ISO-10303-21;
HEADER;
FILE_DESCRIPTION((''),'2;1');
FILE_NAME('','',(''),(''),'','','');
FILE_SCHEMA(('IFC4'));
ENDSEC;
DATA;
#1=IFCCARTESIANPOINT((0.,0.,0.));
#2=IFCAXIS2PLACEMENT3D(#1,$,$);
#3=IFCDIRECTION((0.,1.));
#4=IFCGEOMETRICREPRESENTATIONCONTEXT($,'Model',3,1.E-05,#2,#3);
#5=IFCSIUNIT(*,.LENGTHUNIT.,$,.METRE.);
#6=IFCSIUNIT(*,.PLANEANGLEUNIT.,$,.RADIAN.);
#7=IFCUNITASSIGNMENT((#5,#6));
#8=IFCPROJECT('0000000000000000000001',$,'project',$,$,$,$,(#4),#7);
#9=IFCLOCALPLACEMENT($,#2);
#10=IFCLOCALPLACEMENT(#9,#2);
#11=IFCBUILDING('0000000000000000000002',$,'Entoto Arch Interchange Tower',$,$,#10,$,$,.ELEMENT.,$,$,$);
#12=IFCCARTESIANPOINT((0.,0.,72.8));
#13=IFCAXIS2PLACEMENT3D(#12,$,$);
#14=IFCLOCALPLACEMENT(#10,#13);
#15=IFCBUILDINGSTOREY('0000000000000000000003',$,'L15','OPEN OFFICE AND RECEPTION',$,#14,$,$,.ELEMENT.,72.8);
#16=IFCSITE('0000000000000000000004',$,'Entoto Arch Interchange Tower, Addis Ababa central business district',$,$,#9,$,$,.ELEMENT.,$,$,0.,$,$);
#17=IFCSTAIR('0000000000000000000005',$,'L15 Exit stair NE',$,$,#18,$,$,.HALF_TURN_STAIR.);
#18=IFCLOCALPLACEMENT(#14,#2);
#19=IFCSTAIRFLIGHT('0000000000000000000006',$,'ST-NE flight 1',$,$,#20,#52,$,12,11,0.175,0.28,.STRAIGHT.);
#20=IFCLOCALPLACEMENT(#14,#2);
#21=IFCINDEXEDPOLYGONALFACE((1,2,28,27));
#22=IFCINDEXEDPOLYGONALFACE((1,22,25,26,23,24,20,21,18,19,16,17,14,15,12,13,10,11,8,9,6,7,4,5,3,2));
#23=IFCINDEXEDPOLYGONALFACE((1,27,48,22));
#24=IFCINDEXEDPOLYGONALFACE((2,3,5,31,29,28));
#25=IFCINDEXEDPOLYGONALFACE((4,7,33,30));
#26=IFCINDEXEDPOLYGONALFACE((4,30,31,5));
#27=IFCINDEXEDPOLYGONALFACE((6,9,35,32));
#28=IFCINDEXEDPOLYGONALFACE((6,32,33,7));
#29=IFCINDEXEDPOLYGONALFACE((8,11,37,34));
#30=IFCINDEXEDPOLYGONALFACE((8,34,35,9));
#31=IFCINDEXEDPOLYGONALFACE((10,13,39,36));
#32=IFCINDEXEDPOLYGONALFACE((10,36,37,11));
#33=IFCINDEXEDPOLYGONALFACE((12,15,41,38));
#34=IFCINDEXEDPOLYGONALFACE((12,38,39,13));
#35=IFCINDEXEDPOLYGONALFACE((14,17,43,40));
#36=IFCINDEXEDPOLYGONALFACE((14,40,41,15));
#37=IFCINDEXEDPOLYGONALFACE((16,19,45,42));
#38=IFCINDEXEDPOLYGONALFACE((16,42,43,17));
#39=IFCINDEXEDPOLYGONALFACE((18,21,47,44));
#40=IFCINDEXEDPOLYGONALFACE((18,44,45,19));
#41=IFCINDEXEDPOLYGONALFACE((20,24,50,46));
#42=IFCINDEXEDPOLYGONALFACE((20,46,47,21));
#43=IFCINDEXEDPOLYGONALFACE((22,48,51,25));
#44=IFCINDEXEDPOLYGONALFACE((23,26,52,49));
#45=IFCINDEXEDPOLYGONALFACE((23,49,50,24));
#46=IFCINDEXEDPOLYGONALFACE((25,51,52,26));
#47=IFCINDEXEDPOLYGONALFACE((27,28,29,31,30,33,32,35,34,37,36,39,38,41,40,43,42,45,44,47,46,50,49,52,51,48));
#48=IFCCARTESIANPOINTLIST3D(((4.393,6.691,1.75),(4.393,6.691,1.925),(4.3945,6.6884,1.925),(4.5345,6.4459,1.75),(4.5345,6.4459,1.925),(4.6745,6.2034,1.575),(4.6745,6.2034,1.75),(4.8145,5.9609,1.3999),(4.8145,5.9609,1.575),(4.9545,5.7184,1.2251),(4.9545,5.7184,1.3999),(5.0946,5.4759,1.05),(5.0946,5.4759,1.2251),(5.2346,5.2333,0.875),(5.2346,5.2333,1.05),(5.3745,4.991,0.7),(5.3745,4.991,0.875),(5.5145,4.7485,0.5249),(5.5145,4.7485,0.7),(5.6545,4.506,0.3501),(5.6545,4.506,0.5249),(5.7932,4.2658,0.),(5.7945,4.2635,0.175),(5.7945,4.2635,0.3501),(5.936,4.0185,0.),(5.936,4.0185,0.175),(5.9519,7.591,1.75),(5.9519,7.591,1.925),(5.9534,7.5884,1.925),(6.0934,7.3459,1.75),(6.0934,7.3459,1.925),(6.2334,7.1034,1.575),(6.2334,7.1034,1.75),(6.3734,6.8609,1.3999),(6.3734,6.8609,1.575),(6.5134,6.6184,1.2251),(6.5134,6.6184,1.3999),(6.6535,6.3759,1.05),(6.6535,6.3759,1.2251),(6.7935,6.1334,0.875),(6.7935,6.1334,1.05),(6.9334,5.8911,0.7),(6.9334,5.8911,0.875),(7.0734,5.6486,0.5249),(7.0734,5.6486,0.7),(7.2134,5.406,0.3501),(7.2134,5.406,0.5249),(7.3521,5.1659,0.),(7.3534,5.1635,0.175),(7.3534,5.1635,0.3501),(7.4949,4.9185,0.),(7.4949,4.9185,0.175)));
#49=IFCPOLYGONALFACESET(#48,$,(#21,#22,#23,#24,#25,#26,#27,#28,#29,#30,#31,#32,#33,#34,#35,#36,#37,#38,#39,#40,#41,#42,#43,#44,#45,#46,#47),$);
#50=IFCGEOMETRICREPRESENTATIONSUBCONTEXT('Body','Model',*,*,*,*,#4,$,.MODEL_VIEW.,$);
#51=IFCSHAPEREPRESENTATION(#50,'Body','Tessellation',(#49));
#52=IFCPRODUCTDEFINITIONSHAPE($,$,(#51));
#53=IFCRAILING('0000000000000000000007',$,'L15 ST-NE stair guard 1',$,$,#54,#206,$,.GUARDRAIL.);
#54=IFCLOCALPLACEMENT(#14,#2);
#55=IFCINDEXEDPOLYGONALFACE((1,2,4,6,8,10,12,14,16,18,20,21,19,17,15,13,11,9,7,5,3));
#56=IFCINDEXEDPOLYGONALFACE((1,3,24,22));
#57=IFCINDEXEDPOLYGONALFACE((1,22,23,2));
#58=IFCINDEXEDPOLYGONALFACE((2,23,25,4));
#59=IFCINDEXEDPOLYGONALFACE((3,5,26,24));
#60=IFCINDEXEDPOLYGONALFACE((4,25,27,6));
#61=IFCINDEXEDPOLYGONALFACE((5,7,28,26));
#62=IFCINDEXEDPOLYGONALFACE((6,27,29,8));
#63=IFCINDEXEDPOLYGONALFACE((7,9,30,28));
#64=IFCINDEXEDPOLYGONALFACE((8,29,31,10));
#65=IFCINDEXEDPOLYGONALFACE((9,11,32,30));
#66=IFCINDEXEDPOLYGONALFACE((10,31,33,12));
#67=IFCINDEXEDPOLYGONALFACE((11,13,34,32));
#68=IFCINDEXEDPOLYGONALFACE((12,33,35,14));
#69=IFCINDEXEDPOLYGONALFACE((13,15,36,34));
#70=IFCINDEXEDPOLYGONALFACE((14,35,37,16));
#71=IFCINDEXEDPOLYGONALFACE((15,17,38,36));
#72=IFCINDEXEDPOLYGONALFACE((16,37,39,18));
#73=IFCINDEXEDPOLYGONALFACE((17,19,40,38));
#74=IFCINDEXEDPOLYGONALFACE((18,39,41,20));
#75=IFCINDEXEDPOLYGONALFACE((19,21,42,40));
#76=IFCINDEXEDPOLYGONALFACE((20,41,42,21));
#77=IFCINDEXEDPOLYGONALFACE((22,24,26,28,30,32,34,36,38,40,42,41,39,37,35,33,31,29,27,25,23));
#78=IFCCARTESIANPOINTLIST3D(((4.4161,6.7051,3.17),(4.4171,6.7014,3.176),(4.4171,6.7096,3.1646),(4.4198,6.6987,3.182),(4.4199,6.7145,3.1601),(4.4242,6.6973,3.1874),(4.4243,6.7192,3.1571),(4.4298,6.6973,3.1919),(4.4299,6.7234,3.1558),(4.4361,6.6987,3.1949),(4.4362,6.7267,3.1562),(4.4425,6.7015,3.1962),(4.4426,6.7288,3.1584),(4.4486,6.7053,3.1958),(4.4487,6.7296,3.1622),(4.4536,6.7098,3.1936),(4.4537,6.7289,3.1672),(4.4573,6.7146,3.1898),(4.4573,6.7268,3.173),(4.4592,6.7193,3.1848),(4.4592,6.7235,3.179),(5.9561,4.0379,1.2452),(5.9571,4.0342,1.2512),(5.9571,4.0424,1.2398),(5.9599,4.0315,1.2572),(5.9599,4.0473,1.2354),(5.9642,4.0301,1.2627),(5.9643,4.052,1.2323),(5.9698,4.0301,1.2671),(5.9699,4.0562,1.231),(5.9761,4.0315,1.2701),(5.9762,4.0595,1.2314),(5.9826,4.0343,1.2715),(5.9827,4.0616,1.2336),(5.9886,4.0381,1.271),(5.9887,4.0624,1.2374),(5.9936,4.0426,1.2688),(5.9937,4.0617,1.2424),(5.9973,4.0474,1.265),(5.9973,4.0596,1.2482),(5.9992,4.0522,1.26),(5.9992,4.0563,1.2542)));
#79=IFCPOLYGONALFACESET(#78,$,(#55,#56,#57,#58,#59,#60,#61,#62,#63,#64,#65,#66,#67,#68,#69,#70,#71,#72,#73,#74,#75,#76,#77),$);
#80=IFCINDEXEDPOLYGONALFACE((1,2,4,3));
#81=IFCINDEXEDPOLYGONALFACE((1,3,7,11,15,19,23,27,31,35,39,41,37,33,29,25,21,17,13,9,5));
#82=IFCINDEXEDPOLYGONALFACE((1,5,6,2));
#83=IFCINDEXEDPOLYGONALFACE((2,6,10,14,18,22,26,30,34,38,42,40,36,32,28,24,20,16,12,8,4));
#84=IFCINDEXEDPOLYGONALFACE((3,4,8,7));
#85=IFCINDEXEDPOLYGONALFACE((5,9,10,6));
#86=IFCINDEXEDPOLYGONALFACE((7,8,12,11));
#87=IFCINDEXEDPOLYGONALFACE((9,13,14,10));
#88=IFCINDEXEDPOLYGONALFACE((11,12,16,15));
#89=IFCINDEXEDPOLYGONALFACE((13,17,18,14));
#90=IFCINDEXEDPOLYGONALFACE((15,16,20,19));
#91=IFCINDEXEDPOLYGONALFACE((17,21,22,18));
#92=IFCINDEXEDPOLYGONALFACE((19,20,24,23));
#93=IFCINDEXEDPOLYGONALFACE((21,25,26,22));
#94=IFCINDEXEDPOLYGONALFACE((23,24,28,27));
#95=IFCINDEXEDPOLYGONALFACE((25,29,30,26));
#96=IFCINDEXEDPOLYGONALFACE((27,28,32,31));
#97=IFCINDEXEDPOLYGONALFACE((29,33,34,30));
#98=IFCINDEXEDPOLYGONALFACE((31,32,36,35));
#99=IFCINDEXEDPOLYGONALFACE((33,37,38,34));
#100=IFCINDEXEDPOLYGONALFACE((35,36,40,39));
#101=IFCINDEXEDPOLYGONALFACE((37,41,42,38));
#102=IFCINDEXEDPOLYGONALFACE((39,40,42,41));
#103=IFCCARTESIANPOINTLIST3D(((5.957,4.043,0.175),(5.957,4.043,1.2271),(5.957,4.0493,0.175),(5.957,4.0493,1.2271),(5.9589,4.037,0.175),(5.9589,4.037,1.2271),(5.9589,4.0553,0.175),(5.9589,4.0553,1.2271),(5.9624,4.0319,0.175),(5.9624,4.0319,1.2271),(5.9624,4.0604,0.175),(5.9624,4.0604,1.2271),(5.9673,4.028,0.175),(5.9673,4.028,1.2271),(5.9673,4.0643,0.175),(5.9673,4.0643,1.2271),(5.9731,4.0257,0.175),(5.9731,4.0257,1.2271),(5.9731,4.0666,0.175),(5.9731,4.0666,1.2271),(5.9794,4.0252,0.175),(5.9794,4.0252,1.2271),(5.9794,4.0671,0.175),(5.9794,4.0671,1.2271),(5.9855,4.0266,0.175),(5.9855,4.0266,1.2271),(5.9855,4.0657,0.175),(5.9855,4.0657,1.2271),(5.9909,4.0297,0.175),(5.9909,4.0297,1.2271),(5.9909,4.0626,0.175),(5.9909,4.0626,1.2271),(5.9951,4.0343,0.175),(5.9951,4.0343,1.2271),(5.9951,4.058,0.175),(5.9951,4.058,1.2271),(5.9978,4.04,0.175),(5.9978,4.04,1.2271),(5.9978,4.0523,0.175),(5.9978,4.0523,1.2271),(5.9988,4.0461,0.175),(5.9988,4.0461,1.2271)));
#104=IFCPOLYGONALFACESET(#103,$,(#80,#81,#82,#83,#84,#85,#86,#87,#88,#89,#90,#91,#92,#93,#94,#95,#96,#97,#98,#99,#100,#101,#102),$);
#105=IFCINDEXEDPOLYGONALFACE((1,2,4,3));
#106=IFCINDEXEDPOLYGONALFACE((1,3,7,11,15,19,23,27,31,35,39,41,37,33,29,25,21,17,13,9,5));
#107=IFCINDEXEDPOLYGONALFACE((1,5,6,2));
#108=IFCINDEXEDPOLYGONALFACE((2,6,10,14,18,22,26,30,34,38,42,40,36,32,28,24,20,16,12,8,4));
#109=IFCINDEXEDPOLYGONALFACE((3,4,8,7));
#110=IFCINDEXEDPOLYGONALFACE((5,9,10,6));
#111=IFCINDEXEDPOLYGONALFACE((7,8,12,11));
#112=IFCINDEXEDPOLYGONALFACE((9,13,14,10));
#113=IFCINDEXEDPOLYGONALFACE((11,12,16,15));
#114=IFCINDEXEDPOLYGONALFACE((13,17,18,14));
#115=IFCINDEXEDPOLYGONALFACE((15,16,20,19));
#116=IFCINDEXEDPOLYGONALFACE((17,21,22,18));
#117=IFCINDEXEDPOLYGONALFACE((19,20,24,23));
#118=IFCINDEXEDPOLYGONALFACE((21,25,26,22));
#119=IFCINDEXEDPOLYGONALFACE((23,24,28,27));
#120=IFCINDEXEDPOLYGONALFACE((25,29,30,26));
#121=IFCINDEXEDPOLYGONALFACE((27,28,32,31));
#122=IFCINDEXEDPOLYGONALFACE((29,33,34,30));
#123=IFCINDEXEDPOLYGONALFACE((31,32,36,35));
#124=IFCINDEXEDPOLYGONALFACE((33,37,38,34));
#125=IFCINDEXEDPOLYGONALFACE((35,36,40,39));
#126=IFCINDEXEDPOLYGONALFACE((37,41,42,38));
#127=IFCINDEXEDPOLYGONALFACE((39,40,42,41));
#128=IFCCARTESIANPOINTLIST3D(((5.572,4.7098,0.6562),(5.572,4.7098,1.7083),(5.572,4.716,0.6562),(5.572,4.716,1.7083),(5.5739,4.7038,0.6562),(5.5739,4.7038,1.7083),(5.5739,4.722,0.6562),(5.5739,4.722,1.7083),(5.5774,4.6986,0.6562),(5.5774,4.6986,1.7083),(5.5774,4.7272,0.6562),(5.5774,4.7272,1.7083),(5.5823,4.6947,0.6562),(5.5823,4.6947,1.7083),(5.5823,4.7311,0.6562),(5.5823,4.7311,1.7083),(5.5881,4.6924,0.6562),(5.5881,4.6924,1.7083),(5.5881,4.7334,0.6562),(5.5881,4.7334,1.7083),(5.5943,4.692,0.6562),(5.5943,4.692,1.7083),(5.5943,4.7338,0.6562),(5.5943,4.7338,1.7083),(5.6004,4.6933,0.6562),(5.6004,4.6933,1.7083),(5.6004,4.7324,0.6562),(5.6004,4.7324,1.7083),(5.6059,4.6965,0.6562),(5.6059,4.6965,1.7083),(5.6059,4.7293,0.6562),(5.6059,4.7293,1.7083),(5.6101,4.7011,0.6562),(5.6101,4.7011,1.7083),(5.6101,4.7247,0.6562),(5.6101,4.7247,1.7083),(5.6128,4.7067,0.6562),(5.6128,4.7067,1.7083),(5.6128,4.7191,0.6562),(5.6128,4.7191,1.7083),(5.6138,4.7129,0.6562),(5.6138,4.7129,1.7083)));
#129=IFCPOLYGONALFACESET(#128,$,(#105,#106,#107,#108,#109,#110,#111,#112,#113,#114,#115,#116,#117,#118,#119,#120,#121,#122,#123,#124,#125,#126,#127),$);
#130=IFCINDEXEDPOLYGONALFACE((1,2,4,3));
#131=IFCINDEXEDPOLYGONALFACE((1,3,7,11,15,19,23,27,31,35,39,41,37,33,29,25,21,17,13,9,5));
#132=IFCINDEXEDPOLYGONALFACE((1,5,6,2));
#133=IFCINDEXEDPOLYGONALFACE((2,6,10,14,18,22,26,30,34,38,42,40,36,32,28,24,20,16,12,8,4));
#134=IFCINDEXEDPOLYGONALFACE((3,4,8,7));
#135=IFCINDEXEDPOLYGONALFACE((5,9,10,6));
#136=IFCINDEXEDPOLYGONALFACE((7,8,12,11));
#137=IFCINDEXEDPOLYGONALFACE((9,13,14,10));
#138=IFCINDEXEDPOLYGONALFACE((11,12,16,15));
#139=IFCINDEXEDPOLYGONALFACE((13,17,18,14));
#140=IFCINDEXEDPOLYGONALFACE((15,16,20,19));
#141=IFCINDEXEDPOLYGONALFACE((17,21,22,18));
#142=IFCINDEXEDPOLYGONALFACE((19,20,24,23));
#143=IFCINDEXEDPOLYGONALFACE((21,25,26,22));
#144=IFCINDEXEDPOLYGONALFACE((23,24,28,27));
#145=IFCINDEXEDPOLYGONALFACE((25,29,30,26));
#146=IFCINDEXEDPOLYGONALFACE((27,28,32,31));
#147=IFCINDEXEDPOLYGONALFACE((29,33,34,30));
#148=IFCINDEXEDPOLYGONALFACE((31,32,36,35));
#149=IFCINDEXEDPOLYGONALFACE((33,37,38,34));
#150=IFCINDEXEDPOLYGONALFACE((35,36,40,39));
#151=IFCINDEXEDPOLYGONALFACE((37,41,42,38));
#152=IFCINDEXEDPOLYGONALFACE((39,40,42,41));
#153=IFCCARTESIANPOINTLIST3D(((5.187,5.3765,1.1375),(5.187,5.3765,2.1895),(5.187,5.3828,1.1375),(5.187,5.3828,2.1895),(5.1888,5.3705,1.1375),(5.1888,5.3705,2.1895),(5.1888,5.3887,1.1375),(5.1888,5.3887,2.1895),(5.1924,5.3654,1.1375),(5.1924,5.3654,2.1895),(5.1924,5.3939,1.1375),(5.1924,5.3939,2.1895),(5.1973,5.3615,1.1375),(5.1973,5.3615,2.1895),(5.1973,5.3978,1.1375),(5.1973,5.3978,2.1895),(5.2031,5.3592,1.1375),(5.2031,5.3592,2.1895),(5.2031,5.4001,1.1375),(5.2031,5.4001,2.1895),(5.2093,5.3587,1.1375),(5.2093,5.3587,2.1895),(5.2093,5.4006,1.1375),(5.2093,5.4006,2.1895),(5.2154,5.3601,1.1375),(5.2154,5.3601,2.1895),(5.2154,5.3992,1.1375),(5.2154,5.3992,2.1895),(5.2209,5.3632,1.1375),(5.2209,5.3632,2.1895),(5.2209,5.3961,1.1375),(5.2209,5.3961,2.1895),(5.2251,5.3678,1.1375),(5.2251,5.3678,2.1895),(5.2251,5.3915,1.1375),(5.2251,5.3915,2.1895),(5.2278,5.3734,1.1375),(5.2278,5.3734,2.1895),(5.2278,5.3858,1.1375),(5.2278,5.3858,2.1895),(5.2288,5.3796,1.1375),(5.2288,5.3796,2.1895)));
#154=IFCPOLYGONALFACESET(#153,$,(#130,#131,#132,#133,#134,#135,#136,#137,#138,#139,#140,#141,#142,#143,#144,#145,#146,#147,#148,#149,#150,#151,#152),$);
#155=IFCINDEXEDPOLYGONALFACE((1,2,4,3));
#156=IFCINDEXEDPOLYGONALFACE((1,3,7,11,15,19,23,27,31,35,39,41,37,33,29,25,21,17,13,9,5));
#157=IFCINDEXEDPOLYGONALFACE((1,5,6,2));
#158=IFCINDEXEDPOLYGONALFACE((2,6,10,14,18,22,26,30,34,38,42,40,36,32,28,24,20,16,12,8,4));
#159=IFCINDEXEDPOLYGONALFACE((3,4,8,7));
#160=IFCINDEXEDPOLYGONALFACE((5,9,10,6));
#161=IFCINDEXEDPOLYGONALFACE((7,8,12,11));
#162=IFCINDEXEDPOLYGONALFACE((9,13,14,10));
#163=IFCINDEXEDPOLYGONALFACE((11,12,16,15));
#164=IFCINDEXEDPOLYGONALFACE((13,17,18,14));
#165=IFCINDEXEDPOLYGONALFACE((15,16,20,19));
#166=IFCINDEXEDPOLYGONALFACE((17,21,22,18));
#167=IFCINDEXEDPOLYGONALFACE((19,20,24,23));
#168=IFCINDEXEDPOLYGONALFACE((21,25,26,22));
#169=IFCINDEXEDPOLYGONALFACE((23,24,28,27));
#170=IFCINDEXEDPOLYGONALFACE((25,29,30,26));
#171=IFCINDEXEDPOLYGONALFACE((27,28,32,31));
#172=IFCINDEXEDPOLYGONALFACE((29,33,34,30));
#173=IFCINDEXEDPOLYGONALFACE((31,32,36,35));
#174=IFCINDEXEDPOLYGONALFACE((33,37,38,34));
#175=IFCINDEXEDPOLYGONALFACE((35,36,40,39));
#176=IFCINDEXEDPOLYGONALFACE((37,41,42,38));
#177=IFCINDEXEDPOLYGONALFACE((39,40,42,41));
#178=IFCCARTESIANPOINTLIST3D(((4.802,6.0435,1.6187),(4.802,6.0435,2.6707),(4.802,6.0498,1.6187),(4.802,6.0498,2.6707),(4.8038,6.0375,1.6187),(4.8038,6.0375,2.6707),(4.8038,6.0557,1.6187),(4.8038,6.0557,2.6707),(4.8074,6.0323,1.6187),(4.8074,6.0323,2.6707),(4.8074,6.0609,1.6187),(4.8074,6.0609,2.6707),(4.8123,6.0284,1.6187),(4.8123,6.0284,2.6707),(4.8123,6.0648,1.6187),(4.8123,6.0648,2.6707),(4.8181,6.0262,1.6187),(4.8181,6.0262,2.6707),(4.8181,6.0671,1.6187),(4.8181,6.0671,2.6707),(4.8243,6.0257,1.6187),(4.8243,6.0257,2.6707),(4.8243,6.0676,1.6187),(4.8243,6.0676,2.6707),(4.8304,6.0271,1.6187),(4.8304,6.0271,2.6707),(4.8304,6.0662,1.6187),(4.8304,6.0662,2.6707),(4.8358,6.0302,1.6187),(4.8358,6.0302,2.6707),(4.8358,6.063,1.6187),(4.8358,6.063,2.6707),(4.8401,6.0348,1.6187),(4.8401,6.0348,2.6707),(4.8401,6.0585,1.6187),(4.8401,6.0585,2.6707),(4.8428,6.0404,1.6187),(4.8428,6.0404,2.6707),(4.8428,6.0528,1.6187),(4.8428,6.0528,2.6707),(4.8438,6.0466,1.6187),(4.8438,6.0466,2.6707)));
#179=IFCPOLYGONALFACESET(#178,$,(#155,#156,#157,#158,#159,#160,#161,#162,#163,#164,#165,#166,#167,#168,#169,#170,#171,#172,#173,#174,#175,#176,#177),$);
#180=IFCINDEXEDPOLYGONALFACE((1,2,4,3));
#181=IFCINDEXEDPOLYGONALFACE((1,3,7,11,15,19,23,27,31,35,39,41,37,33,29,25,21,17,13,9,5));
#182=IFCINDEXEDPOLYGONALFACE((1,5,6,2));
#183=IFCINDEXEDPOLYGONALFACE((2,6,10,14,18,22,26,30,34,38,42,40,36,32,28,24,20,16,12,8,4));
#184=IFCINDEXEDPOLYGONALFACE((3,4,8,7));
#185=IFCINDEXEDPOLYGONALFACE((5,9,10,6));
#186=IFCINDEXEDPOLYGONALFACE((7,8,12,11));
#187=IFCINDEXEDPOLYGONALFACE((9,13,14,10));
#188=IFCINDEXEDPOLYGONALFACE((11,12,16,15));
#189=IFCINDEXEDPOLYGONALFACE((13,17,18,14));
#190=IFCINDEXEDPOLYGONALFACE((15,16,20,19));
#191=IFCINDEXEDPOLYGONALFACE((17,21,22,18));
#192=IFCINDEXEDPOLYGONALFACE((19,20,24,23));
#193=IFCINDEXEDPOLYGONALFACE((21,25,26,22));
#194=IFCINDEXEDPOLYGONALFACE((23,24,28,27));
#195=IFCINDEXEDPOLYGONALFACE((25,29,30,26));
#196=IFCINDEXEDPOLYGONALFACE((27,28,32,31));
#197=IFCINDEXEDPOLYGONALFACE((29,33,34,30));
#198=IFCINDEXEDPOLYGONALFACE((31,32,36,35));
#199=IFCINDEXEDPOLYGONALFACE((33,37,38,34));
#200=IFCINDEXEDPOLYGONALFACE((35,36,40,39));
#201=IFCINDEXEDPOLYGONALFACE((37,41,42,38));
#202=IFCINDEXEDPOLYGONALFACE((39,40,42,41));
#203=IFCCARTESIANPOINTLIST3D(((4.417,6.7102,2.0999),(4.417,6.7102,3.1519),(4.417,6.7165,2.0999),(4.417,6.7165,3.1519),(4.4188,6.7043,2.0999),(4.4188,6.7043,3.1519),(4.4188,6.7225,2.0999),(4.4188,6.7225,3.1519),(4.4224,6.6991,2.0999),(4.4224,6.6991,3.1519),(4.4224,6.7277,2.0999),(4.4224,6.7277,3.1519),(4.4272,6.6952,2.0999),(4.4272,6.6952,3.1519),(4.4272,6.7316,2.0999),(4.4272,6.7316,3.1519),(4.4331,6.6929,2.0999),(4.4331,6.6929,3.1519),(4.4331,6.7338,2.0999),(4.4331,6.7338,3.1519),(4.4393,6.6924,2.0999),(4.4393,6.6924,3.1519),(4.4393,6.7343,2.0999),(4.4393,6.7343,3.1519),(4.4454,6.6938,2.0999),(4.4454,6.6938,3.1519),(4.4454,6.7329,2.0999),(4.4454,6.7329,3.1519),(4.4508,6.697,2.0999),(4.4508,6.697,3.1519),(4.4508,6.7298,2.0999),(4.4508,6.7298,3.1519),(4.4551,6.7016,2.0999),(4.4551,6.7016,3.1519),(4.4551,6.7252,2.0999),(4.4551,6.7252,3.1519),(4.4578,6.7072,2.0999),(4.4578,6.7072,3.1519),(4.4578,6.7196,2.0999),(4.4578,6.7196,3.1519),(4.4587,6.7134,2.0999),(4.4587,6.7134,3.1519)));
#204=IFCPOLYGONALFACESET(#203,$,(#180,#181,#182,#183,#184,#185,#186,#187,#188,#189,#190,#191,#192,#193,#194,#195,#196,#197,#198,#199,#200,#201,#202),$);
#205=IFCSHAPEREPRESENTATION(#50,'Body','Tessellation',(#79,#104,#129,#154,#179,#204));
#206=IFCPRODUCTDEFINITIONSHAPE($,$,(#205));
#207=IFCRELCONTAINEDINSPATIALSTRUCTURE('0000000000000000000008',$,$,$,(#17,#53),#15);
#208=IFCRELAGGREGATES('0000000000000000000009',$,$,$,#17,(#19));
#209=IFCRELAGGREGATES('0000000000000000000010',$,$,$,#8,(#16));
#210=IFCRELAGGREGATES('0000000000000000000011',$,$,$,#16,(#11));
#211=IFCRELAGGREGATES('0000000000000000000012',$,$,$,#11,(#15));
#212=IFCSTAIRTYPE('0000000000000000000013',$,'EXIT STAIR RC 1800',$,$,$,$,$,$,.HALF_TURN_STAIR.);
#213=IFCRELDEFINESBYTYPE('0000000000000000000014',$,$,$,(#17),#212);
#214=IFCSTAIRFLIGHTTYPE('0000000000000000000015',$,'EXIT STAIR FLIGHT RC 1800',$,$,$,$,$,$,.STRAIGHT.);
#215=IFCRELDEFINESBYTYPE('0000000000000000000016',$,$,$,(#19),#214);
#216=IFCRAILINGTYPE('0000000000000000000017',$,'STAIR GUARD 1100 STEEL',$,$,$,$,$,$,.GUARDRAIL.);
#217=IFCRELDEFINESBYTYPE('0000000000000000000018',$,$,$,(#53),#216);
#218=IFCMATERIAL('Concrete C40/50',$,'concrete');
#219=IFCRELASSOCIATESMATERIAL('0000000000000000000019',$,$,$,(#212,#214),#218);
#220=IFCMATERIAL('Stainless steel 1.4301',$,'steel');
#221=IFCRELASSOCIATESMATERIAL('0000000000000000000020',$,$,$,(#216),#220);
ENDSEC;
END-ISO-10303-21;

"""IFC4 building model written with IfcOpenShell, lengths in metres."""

from ifc_helpers import new_model, si_unit, direction, frame, origin, origin_2d, place, context, subcontext, project, spatial, polyline, circle, outline, extrude, material, type_object, element, aggregate, save


model = new_model("IFC4")

# Units and contexts
model_context = context("Model", 3, precision=1e-05, world=origin(), true_north=direction((0.0, 1.0)))
body_context = subcontext(model_context, "Body", "Model", "MODEL_VIEW")
ifc_project = project(units=[si_unit("LENGTHUNIT", "METRE"), si_unit("PLANEANGLEUNIT", "RADIAN")], contexts=[model_context])

# Site, building, storey
site_placement = place(None, origin())
site = spatial("IfcSite", under=ifc_project, at=site_placement, Name="Entoto Arch Interchange Tower, Addis Ababa central business district", CompositionType="ELEMENT", RefElevation=0.0)
building_placement = place(site_placement, origin())
building = spatial("IfcBuilding", under=site, at=building_placement, Name="Entoto Arch Interchange Tower", CompositionType="ELEMENT")
storey_placement = place(building_placement, frame((0.0, 0.0, 72.8)))
storey = spatial("IfcBuildingStorey", under=building, at=storey_placement, Name="L15", Description="OPEN OFFICE AND RECEPTION", CompositionType="ELEMENT", Elevation=72.8)

# Shared definitions
ifc_material_1 = material(Name="Concrete C40/50", Category="concrete")

# Stair, stair flight
stair_type = type_object("IfcStairType", Name="EXIT STAIR RC 1800", PredefinedType="HALF_TURN_STAIR", material=ifc_material_1)
stair_placement = place(storey_placement, origin())
stair = element("IfcStair", 1, at=stair_placement, inside=storey, type_object=stair_type, Name="L15 Exit stair NE", PredefinedType="HALF_TURN_STAIR")
stair_flight_type = type_object("IfcStairFlightType", Name="EXIT STAIR FLIGHT RC 1800", PredefinedType="STRAIGHT", material=ifc_material_1)
stair_flight_placement = place(storey_placement, frame((6.7139, 4.4709, 0.0), z_axis=(0.0, 0.0, 1.0), x_axis=(-0.5, 0.866025, 0.0)))
stair_flight = element("IfcStairFlight", 2, at=stair_flight_placement, type_object=stair_flight_type, Name="ST-NE flight 1", NumberOfRisers=12, NumberOfTreads=11, PredefinedType="STRAIGHT", RiserHeight=0.175, TreadLength=0.28, context=body_context, shape_type="SweptSolid", body=[
    extrude(outline(polyline([(-0.0029, 0.0), (-0.0029, 0.175), (0.28, 0.175), (0.28, 0.3501), (0.5601, 0.3501), (0.5601, 0.5249), (0.8401, 0.5249), (0.8401, 0.7), (1.1201, 0.7), (1.1201, 0.875), (1.3999, 0.875), (1.3999, 1.05), (1.6799, 1.05), (1.6799, 1.2251), (1.96, 1.2251), (1.96, 1.3999), (2.24, 1.3999), (2.24, 1.575), (2.52, 1.575), (2.52, 1.75), (2.8, 1.75), (2.8, 1.925), (3.0801, 1.925), (3.083, 1.925), (3.083, 1.75), (0.2827, 0.0), (-0.0029, 0.0)])), frame((0.0, 0.8999, 0.0), z_axis=(0.0, -1.0, 0.0), x_axis=(1.0, 0.0, 0.0)), (0.0, 0.0, 1.0), 1.8),
])
aggregate(stair, [stair_flight])

# Railing
ifc_material_2 = material(Name="Stainless steel 1.4301", Category="steel")
railing_type_1 = type_object("IfcRailingType", Name="STAIR GUARD 1100 STEEL", PredefinedType="GUARDRAIL", material=ifc_material_2)
railing_1_placement = place(storey_placement, frame((5.9778, 4.0461, 0.175)))
element("IfcRailing", 3, at=railing_1_placement, inside=storey, type_object=railing_type_1, Name="L15 ST-NE stair guard 1", PredefinedType="GUARDRAIL", context=body_context, shape_type="SweptSolid", body=[
    extrude(circle(Radius=0.0239, at=origin_2d()), frame((0.0, 0.0, 1.0762), z_axis=(-0.424031, 0.73439, 0.529971), x_axis=(-0.86601, -0.500027, 0.0)), (0.0, 0.0, 1.0), 3.6318),
    extrude(circle(Radius=0.021, at=origin_2d()), origin(), (0.0, 0.0, 1.0), 1.052),
    extrude(circle(Radius=0.021, at=origin_2d()), frame((-0.385, 0.6667, 0.4812)), (0.0, 0.0, 1.0), 1.052),
    extrude(circle(Radius=0.021, at=origin_2d()), frame((-0.77, 1.3335, 0.9624)), (0.0, 0.0, 1.0), 1.052),
    extrude(circle(Radius=0.021, at=origin_2d()), frame((-1.155, 2.0005, 1.4436)), (0.0, 0.0, 1.0), 1.052),
    extrude(circle(Radius=0.021, at=origin_2d()), frame((-1.54, 2.6672, 1.9248)), (0.0, 0.0, 1.0), 1.052),
])

save(model, "model.ifc")
